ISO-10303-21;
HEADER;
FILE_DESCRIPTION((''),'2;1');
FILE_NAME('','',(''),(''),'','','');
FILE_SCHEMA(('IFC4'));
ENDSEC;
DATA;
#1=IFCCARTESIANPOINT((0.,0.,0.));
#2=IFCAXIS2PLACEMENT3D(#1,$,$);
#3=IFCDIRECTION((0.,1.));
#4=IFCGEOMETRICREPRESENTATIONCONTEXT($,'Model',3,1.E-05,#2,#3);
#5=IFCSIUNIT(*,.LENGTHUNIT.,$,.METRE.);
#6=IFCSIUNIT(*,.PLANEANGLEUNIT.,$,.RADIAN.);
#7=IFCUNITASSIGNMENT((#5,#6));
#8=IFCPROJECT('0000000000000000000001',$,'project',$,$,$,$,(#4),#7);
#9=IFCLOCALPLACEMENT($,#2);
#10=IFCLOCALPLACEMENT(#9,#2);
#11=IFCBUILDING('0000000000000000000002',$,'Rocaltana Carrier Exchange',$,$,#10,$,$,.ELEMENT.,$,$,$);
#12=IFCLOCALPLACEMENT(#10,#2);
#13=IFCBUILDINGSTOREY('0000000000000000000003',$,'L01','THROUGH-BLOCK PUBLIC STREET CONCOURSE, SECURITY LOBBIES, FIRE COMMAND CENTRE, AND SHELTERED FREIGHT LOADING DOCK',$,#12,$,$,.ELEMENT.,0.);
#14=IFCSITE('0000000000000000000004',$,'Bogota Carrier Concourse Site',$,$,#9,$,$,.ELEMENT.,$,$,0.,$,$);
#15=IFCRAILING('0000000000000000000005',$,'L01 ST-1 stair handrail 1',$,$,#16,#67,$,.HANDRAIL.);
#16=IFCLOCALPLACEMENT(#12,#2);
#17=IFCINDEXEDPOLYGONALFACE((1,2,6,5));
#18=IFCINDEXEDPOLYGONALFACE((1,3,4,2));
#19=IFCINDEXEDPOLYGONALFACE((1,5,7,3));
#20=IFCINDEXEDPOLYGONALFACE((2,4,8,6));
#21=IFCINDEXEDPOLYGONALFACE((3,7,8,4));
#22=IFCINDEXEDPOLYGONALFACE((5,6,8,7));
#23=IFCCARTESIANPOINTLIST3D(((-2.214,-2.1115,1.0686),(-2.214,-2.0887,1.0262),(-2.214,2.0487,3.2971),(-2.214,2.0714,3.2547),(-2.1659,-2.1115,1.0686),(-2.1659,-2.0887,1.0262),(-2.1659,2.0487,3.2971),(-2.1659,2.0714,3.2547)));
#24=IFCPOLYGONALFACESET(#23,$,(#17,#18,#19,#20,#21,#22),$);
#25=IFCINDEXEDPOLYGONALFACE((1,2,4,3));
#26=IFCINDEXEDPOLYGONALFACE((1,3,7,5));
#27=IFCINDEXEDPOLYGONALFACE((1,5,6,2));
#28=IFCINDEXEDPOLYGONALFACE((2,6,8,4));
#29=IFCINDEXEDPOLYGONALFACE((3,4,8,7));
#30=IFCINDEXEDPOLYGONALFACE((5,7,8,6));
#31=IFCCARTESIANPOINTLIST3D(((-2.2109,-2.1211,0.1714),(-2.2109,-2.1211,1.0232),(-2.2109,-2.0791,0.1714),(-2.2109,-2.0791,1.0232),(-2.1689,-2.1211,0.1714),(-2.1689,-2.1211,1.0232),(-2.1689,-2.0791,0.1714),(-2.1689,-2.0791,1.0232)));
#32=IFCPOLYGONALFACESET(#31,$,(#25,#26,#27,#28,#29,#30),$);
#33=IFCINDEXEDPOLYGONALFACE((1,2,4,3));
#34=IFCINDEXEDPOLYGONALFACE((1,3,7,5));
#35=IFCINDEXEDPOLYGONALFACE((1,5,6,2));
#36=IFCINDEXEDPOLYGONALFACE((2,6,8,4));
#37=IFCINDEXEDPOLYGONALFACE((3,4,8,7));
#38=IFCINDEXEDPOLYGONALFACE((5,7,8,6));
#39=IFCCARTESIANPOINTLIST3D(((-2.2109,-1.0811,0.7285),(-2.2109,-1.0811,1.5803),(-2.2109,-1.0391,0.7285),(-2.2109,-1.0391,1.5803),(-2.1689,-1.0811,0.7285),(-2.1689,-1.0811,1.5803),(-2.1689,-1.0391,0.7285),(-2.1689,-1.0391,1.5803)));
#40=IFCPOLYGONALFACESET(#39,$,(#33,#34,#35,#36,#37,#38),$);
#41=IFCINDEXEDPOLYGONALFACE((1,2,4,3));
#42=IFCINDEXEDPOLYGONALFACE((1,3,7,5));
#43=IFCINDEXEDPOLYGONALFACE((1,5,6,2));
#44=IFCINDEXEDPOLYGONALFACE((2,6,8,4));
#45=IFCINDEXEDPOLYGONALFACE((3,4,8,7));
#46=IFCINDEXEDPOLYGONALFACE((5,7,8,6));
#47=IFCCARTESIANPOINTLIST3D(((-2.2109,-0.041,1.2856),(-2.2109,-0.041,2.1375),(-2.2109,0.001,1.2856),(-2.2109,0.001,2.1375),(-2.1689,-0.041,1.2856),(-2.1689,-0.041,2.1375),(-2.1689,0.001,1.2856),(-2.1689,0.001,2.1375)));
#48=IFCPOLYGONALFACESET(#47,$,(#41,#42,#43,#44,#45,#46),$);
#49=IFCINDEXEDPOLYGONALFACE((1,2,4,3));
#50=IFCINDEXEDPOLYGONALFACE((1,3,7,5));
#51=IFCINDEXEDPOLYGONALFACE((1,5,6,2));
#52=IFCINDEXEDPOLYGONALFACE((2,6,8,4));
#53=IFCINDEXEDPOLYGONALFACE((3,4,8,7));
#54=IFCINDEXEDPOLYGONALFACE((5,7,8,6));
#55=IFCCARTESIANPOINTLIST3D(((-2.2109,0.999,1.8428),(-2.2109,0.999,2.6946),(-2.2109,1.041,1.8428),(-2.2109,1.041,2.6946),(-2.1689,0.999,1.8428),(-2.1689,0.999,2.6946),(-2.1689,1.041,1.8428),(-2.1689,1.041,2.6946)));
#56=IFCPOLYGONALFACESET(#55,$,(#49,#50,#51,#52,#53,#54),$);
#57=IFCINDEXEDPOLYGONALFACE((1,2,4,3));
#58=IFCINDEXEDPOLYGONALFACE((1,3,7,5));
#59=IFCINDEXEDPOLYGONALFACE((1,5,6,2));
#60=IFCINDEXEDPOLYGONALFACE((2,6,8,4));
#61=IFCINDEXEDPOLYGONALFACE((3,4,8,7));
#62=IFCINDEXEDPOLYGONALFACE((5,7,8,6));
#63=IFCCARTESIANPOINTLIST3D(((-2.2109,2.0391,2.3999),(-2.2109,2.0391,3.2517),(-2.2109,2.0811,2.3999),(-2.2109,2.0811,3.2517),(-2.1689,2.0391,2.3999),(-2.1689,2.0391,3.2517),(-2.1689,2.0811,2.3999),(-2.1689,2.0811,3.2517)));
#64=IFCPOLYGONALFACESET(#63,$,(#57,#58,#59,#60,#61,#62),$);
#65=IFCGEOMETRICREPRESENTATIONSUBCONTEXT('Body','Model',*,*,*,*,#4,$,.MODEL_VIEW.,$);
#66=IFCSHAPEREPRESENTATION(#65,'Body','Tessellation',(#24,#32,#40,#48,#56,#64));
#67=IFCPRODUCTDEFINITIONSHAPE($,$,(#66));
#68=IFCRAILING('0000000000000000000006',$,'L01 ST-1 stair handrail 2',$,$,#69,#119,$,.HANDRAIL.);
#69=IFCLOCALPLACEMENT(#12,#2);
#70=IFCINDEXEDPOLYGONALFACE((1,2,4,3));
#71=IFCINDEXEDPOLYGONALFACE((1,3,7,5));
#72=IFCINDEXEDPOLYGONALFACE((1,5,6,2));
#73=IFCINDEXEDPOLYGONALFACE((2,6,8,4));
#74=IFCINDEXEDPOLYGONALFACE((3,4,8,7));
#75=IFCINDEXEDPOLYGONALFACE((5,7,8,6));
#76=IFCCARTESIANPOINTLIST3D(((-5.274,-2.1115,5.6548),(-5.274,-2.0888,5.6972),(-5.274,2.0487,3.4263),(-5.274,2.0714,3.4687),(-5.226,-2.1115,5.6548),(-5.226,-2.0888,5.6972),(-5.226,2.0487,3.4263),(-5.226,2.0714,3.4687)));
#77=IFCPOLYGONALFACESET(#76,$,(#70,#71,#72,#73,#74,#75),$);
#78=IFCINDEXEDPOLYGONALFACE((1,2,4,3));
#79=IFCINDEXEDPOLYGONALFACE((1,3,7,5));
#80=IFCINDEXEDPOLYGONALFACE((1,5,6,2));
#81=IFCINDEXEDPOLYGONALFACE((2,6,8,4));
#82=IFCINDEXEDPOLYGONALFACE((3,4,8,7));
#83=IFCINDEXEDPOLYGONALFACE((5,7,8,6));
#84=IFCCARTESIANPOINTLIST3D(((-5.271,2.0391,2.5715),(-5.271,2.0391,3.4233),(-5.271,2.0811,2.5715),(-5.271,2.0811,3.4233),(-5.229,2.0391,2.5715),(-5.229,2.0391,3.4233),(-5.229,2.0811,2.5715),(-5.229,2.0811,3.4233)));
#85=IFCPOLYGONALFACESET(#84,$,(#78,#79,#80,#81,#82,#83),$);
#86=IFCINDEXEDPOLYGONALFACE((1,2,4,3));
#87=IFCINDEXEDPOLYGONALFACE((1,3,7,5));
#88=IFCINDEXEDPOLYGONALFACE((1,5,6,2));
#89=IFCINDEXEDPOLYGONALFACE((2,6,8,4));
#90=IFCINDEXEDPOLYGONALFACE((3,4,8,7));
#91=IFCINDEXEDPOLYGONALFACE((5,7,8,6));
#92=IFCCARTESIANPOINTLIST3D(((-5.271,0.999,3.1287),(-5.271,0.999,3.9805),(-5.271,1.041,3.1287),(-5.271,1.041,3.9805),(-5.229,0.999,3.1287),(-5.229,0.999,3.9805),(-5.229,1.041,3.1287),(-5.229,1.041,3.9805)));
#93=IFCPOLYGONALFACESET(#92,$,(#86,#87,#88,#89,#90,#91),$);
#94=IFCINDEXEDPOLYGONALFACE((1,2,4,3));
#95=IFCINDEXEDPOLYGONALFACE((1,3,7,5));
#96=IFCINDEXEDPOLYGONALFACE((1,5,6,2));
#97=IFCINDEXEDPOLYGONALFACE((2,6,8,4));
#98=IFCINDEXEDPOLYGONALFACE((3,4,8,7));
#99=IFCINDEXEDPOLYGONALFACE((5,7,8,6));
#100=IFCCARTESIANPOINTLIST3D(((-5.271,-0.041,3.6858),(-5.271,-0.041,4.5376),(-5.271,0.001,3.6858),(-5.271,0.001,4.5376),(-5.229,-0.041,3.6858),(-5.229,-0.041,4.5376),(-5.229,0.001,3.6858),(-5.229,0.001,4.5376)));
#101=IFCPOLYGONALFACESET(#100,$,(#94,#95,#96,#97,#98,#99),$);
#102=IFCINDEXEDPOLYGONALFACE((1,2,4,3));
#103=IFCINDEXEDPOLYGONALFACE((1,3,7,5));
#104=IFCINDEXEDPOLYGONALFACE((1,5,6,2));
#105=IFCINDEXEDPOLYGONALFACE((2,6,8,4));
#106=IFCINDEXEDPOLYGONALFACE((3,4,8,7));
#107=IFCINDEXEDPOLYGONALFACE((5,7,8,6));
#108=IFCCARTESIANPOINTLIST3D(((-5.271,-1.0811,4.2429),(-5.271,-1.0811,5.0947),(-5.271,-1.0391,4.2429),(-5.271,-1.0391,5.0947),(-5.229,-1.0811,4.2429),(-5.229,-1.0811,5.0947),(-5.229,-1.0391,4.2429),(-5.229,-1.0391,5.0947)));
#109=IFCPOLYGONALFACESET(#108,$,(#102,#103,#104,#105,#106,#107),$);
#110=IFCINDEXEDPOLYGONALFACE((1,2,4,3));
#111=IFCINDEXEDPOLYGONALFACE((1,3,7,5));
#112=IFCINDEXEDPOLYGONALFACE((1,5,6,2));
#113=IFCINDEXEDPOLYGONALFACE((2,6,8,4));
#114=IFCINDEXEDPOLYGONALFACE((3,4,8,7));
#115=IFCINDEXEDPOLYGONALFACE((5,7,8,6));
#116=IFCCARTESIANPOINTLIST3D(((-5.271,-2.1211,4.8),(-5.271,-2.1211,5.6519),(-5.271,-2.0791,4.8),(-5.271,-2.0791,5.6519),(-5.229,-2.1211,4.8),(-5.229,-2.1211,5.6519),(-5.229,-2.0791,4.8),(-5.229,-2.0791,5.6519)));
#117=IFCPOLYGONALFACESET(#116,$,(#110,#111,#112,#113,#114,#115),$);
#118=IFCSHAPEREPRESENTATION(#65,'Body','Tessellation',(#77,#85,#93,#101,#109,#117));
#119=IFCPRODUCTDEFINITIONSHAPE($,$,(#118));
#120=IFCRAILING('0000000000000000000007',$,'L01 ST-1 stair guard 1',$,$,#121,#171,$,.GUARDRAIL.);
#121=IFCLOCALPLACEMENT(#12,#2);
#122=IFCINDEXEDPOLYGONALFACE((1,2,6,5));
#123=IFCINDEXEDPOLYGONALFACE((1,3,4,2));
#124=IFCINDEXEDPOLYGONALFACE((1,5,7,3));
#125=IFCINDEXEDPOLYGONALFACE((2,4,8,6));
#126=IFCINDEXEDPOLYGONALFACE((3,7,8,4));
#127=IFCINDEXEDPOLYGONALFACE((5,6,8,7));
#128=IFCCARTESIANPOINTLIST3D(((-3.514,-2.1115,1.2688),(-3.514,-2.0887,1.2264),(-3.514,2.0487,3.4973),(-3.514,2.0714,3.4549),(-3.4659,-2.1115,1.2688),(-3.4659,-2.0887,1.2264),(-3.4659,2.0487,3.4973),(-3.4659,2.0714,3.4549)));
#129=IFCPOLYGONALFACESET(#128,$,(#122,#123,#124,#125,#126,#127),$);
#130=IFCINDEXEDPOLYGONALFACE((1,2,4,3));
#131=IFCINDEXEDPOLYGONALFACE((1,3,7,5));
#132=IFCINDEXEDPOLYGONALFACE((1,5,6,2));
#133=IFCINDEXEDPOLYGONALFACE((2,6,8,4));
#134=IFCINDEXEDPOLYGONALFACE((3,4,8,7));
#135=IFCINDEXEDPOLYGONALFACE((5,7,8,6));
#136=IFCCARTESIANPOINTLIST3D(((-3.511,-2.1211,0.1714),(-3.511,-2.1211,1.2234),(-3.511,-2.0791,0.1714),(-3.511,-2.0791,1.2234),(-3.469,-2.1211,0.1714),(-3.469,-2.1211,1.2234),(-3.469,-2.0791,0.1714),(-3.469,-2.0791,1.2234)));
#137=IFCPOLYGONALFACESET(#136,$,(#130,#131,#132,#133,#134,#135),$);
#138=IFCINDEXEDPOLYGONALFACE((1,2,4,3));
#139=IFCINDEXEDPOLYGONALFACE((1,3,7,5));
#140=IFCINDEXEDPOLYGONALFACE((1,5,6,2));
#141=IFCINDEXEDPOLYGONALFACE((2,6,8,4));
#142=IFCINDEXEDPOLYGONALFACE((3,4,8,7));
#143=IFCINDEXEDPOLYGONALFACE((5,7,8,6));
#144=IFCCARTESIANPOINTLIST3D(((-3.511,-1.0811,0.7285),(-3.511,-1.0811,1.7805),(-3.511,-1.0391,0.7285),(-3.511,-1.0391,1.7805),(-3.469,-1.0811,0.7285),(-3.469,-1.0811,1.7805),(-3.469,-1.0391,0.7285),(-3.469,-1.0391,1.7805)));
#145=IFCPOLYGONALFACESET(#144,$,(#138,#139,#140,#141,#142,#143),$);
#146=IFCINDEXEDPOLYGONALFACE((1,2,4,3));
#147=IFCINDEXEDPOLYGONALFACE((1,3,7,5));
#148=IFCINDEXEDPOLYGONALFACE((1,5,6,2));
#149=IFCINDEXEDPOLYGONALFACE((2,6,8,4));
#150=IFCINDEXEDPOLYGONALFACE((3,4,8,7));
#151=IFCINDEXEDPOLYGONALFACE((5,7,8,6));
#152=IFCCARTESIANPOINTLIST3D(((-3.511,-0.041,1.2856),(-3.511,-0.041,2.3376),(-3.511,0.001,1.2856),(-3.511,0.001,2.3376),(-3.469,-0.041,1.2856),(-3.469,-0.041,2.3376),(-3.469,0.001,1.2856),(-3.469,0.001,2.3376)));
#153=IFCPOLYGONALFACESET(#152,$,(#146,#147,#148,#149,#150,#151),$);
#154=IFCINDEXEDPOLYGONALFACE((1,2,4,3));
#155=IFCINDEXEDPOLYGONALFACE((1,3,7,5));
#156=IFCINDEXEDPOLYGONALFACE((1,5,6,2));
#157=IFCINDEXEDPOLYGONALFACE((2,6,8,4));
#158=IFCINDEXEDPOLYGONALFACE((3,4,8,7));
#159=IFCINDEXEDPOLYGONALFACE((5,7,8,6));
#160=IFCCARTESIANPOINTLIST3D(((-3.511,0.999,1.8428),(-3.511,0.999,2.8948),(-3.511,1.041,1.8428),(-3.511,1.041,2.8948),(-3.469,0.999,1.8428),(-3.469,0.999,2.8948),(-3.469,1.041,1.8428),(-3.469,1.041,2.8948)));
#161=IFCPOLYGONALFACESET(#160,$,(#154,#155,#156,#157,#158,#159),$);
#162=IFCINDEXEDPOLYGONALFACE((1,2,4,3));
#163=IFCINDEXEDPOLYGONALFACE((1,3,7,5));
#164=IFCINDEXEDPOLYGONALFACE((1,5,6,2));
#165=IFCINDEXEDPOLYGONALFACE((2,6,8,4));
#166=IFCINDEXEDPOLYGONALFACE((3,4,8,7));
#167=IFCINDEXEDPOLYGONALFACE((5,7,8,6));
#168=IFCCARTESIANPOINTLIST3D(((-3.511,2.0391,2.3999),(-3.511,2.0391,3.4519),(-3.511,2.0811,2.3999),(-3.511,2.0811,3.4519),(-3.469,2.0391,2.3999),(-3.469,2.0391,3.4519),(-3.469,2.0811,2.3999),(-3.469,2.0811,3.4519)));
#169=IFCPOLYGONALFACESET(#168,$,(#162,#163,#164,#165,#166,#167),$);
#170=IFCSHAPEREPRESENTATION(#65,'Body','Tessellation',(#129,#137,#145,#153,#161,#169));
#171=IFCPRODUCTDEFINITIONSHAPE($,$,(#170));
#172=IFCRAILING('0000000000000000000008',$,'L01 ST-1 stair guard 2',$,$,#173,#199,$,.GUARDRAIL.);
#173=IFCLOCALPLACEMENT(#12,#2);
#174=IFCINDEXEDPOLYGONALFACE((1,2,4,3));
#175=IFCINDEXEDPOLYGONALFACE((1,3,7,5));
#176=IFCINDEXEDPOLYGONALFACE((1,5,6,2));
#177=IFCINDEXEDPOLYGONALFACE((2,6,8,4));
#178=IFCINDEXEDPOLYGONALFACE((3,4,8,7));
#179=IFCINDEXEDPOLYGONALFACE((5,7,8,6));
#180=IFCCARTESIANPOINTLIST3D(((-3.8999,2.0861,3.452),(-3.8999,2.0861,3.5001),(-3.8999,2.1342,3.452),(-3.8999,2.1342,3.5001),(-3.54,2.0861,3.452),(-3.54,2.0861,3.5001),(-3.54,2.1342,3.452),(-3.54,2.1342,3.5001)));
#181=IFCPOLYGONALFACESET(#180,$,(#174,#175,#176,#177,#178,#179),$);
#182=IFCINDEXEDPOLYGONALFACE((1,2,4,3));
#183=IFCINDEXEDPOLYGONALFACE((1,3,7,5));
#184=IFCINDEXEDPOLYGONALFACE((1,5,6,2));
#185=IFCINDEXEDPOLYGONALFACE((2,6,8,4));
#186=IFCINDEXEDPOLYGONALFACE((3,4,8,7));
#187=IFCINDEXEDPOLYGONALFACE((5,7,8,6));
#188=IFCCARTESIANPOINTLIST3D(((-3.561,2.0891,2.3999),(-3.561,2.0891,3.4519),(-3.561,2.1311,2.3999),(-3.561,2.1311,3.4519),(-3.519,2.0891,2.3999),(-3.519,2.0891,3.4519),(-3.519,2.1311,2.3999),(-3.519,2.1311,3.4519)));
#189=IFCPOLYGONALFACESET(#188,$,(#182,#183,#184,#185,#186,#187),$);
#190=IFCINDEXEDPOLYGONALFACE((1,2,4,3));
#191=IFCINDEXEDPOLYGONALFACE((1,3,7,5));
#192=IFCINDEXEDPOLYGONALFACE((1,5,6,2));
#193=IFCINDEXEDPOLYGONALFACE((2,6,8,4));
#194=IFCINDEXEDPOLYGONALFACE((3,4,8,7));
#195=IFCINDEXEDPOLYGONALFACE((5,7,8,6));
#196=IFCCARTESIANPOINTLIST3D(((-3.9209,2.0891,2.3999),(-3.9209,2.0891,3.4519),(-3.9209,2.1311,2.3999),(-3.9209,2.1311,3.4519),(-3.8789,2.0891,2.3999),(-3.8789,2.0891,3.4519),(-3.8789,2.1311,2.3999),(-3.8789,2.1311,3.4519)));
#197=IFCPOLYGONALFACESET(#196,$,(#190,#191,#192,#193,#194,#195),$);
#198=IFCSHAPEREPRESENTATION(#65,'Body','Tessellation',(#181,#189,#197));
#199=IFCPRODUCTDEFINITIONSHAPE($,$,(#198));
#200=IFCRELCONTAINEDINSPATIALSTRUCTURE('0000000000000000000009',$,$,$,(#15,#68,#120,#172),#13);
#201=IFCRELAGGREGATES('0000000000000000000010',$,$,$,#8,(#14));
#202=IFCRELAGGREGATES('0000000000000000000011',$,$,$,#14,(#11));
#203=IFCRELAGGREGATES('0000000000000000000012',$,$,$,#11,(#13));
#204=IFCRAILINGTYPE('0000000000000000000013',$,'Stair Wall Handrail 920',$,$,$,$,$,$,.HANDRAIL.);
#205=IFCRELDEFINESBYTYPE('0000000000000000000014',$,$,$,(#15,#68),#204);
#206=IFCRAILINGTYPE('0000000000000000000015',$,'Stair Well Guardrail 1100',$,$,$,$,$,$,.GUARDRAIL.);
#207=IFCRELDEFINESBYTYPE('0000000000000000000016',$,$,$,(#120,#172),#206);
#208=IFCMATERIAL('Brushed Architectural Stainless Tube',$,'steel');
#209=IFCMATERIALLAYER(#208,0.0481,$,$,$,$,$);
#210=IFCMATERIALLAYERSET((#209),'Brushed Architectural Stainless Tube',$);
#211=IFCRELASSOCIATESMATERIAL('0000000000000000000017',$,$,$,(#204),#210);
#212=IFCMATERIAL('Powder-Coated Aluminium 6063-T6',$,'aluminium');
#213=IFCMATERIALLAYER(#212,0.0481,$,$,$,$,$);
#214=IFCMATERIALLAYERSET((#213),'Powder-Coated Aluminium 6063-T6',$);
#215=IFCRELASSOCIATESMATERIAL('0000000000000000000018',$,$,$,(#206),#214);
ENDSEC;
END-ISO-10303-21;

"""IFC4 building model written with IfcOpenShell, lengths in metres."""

from ifc_helpers import new_model, si_unit, direction, frame, origin, origin_2d, place, context, subcontext, project, spatial, rectangle, extrude, material, layer, layer_set, type_object, element, save


model = new_model("IFC4")

# Units and contexts
model_context = context("Model", 3, precision=1e-05, world=origin(), true_north=direction((0.0, 1.0)))
body_context = subcontext(model_context, "Body", "Model", "MODEL_VIEW")
ifc_project = project(units=[si_unit("LENGTHUNIT", "METRE"), si_unit("PLANEANGLEUNIT", "RADIAN")], contexts=[model_context])

# Site, building, storey
site_placement = place(None, origin())
site = spatial("IfcSite", under=ifc_project, at=site_placement, Name="Bogota Carrier Concourse Site", CompositionType="ELEMENT", RefElevation=0.0)
building_placement = place(site_placement, origin())
building = spatial("IfcBuilding", under=site, at=building_placement, Name="Rocaltana Carrier Exchange", CompositionType="ELEMENT")
storey_placement = place(building_placement, origin())
storey = spatial("IfcBuildingStorey", under=building, at=storey_placement, Name="L01", Description="THROUGH-BLOCK PUBLIC STREET CONCOURSE, SECURITY LOBBIES, FIRE COMMAND CENTRE, AND SHELTERED FREIGHT LOADING DOCK", CompositionType="ELEMENT", Elevation=0.0)

# Railings
ifc_material_1 = material(Name="Brushed Architectural Stainless Tube", Category="steel")
ifc_layer_1 = layer(ifc_material_1, 0.0481)
ifc_layer_set_1 = layer_set([ifc_layer_1], Name="Brushed Architectural Stainless Tube")
railing_type_1 = type_object("IfcRailingType", Name="Stair Wall Handrail 920", PredefinedType="HANDRAIL", material=ifc_layer_set_1)
railing_1_placement = place(storey_placement, frame((-2.1899, -2.1001, 0.1714)))
element("IfcRailing", 1, at=railing_1_placement, inside=storey, type_object=railing_type_1, Name="L01 ST-1 stair handrail 1", PredefinedType="HANDRAIL", context=body_context, shape_type="SweptSolid", body=[
    extrude(rectangle(XDim=0.0481, YDim=0.0481, at=origin_2d()), frame((0.0, 0.0, 0.876), z_axis=(0.0, 0.881492, 0.472198), x_axis=(-1.0, 0.0, 0.0)), (0.0, 0.0, 1.0), 4.7195),
    extrude(rectangle(XDim=0.042, YDim=0.042, at=origin_2d()), origin(), (0.0, 0.0, 1.0), 0.8518),
    extrude(rectangle(XDim=0.042, YDim=0.042, at=origin_2d()), frame((0.0, 1.04, 0.5571)), (0.0, 0.0, 1.0), 0.8518),
    extrude(rectangle(XDim=0.042, YDim=0.042, at=origin_2d()), frame((0.0, 2.0801, 1.1143)), (0.0, 0.0, 1.0), 0.8518),
    extrude(rectangle(XDim=0.042, YDim=0.042, at=origin_2d()), frame((0.0, 3.1201, 1.6714)), (0.0, 0.0, 1.0), 0.8518),
    extrude(rectangle(XDim=0.042, YDim=0.042, at=origin_2d()), frame((0.0, 4.1602, 2.2285)), (0.0, 0.0, 1.0), 0.8518),
])
railing_2_placement = place(storey_placement, frame((-5.25, 2.0601, 2.5715)))
element("IfcRailing", 2, at=railing_2_placement, inside=storey, type_object=railing_type_1, Name="L01 ST-1 stair handrail 2", PredefinedType="HANDRAIL", context=body_context, shape_type="SweptSolid", body=[
    extrude(rectangle(XDim=0.0481, YDim=0.0481, at=origin_2d()), frame((0.0, 0.0, 0.876), z_axis=(0.0, -0.881492, 0.472198), x_axis=(1.0, 0.0, 0.0)), (0.0, 0.0, 1.0), 4.7195),
    extrude(rectangle(XDim=0.042, YDim=0.042, at=origin_2d()), origin(), (0.0, 0.0, 1.0), 0.8518),
    extrude(rectangle(XDim=0.042, YDim=0.042, at=origin_2d()), frame((0.0, -1.04, 0.5571)), (0.0, 0.0, 1.0), 0.8518),
    extrude(rectangle(XDim=0.042, YDim=0.042, at=origin_2d()), frame((0.0, -2.0801, 1.1143)), (0.0, 0.0, 1.0), 0.8518),
    extrude(rectangle(XDim=0.042, YDim=0.042, at=origin_2d()), frame((0.0, -3.1201, 1.6714)), (0.0, 0.0, 1.0), 0.8518),
    extrude(rectangle(XDim=0.042, YDim=0.042, at=origin_2d()), frame((0.0, -4.1602, 2.2285)), (0.0, 0.0, 1.0), 0.8518),
])
ifc_material_2 = material(Name="Powder-Coated Aluminium 6063-T6", Category="aluminium")
ifc_layer_2 = layer(ifc_material_2, 0.0481)
ifc_layer_set_2 = layer_set([ifc_layer_2], Name="Powder-Coated Aluminium 6063-T6")
railing_type_2 = type_object("IfcRailingType", Name="Stair Well Guardrail 1100", PredefinedType="GUARDRAIL", material=ifc_layer_set_2)
railing_3_placement = place(storey_placement, frame((-3.49, -2.1001, 0.1714)))
element("IfcRailing", 3, at=railing_3_placement, inside=storey, type_object=railing_type_2, Name="L01 ST-1 stair guard 1", PredefinedType="GUARDRAIL", context=body_context, shape_type="SweptSolid", body=[
    extrude(rectangle(XDim=0.0481, YDim=0.0481, at=origin_2d()), frame((0.0, 0.0, 1.0762), z_axis=(0.0, 0.881492, 0.472198), x_axis=(-1.0, 0.0, 0.0)), (0.0, 0.0, 1.0), 4.7195),
    extrude(rectangle(XDim=0.042, YDim=0.042, at=origin_2d()), origin(), (0.0, 0.0, 1.0), 1.052),
    extrude(rectangle(XDim=0.042, YDim=0.042, at=origin_2d()), frame((0.0, 1.04, 0.5571)), (0.0, 0.0, 1.0), 1.052),
    extrude(rectangle(XDim=0.042, YDim=0.042, at=origin_2d()), frame((0.0, 2.0801, 1.1143)), (0.0, 0.0, 1.0), 1.052),
    extrude(rectangle(XDim=0.042, YDim=0.042, at=origin_2d()), frame((0.0, 3.1201, 1.6714)), (0.0, 0.0, 1.0), 1.052),
    extrude(rectangle(XDim=0.042, YDim=0.042, at=origin_2d()), frame((0.0, 4.1602, 2.2285)), (0.0, 0.0, 1.0), 1.052),
])
railing_4_placement = place(storey_placement, frame((-3.54, 2.1101, 2.3999)))
element("IfcRailing", 4, at=railing_4_placement, inside=storey, type_object=railing_type_2, Name="L01 ST-1 stair guard 2", PredefinedType="GUARDRAIL", context=body_context, shape_type="SweptSolid", body=[
    extrude(rectangle(XDim=0.0481, YDim=0.0481, at=origin_2d()), frame((0.0, 0.0, 1.0762), z_axis=(-1.0, 0.0, 0.0), x_axis=(0.0, -1.0, 0.0)), (0.0, 0.0, 1.0), 0.3599),
    extrude(rectangle(XDim=0.042, YDim=0.042, at=origin_2d()), origin(), (0.0, 0.0, 1.0), 1.052),
    extrude(rectangle(XDim=0.042, YDim=0.042, at=origin_2d()), frame((-0.3599, 0.0, 0.0)), (0.0, 0.0, 1.0), 1.052),
])

save(model, "model.ifc")
